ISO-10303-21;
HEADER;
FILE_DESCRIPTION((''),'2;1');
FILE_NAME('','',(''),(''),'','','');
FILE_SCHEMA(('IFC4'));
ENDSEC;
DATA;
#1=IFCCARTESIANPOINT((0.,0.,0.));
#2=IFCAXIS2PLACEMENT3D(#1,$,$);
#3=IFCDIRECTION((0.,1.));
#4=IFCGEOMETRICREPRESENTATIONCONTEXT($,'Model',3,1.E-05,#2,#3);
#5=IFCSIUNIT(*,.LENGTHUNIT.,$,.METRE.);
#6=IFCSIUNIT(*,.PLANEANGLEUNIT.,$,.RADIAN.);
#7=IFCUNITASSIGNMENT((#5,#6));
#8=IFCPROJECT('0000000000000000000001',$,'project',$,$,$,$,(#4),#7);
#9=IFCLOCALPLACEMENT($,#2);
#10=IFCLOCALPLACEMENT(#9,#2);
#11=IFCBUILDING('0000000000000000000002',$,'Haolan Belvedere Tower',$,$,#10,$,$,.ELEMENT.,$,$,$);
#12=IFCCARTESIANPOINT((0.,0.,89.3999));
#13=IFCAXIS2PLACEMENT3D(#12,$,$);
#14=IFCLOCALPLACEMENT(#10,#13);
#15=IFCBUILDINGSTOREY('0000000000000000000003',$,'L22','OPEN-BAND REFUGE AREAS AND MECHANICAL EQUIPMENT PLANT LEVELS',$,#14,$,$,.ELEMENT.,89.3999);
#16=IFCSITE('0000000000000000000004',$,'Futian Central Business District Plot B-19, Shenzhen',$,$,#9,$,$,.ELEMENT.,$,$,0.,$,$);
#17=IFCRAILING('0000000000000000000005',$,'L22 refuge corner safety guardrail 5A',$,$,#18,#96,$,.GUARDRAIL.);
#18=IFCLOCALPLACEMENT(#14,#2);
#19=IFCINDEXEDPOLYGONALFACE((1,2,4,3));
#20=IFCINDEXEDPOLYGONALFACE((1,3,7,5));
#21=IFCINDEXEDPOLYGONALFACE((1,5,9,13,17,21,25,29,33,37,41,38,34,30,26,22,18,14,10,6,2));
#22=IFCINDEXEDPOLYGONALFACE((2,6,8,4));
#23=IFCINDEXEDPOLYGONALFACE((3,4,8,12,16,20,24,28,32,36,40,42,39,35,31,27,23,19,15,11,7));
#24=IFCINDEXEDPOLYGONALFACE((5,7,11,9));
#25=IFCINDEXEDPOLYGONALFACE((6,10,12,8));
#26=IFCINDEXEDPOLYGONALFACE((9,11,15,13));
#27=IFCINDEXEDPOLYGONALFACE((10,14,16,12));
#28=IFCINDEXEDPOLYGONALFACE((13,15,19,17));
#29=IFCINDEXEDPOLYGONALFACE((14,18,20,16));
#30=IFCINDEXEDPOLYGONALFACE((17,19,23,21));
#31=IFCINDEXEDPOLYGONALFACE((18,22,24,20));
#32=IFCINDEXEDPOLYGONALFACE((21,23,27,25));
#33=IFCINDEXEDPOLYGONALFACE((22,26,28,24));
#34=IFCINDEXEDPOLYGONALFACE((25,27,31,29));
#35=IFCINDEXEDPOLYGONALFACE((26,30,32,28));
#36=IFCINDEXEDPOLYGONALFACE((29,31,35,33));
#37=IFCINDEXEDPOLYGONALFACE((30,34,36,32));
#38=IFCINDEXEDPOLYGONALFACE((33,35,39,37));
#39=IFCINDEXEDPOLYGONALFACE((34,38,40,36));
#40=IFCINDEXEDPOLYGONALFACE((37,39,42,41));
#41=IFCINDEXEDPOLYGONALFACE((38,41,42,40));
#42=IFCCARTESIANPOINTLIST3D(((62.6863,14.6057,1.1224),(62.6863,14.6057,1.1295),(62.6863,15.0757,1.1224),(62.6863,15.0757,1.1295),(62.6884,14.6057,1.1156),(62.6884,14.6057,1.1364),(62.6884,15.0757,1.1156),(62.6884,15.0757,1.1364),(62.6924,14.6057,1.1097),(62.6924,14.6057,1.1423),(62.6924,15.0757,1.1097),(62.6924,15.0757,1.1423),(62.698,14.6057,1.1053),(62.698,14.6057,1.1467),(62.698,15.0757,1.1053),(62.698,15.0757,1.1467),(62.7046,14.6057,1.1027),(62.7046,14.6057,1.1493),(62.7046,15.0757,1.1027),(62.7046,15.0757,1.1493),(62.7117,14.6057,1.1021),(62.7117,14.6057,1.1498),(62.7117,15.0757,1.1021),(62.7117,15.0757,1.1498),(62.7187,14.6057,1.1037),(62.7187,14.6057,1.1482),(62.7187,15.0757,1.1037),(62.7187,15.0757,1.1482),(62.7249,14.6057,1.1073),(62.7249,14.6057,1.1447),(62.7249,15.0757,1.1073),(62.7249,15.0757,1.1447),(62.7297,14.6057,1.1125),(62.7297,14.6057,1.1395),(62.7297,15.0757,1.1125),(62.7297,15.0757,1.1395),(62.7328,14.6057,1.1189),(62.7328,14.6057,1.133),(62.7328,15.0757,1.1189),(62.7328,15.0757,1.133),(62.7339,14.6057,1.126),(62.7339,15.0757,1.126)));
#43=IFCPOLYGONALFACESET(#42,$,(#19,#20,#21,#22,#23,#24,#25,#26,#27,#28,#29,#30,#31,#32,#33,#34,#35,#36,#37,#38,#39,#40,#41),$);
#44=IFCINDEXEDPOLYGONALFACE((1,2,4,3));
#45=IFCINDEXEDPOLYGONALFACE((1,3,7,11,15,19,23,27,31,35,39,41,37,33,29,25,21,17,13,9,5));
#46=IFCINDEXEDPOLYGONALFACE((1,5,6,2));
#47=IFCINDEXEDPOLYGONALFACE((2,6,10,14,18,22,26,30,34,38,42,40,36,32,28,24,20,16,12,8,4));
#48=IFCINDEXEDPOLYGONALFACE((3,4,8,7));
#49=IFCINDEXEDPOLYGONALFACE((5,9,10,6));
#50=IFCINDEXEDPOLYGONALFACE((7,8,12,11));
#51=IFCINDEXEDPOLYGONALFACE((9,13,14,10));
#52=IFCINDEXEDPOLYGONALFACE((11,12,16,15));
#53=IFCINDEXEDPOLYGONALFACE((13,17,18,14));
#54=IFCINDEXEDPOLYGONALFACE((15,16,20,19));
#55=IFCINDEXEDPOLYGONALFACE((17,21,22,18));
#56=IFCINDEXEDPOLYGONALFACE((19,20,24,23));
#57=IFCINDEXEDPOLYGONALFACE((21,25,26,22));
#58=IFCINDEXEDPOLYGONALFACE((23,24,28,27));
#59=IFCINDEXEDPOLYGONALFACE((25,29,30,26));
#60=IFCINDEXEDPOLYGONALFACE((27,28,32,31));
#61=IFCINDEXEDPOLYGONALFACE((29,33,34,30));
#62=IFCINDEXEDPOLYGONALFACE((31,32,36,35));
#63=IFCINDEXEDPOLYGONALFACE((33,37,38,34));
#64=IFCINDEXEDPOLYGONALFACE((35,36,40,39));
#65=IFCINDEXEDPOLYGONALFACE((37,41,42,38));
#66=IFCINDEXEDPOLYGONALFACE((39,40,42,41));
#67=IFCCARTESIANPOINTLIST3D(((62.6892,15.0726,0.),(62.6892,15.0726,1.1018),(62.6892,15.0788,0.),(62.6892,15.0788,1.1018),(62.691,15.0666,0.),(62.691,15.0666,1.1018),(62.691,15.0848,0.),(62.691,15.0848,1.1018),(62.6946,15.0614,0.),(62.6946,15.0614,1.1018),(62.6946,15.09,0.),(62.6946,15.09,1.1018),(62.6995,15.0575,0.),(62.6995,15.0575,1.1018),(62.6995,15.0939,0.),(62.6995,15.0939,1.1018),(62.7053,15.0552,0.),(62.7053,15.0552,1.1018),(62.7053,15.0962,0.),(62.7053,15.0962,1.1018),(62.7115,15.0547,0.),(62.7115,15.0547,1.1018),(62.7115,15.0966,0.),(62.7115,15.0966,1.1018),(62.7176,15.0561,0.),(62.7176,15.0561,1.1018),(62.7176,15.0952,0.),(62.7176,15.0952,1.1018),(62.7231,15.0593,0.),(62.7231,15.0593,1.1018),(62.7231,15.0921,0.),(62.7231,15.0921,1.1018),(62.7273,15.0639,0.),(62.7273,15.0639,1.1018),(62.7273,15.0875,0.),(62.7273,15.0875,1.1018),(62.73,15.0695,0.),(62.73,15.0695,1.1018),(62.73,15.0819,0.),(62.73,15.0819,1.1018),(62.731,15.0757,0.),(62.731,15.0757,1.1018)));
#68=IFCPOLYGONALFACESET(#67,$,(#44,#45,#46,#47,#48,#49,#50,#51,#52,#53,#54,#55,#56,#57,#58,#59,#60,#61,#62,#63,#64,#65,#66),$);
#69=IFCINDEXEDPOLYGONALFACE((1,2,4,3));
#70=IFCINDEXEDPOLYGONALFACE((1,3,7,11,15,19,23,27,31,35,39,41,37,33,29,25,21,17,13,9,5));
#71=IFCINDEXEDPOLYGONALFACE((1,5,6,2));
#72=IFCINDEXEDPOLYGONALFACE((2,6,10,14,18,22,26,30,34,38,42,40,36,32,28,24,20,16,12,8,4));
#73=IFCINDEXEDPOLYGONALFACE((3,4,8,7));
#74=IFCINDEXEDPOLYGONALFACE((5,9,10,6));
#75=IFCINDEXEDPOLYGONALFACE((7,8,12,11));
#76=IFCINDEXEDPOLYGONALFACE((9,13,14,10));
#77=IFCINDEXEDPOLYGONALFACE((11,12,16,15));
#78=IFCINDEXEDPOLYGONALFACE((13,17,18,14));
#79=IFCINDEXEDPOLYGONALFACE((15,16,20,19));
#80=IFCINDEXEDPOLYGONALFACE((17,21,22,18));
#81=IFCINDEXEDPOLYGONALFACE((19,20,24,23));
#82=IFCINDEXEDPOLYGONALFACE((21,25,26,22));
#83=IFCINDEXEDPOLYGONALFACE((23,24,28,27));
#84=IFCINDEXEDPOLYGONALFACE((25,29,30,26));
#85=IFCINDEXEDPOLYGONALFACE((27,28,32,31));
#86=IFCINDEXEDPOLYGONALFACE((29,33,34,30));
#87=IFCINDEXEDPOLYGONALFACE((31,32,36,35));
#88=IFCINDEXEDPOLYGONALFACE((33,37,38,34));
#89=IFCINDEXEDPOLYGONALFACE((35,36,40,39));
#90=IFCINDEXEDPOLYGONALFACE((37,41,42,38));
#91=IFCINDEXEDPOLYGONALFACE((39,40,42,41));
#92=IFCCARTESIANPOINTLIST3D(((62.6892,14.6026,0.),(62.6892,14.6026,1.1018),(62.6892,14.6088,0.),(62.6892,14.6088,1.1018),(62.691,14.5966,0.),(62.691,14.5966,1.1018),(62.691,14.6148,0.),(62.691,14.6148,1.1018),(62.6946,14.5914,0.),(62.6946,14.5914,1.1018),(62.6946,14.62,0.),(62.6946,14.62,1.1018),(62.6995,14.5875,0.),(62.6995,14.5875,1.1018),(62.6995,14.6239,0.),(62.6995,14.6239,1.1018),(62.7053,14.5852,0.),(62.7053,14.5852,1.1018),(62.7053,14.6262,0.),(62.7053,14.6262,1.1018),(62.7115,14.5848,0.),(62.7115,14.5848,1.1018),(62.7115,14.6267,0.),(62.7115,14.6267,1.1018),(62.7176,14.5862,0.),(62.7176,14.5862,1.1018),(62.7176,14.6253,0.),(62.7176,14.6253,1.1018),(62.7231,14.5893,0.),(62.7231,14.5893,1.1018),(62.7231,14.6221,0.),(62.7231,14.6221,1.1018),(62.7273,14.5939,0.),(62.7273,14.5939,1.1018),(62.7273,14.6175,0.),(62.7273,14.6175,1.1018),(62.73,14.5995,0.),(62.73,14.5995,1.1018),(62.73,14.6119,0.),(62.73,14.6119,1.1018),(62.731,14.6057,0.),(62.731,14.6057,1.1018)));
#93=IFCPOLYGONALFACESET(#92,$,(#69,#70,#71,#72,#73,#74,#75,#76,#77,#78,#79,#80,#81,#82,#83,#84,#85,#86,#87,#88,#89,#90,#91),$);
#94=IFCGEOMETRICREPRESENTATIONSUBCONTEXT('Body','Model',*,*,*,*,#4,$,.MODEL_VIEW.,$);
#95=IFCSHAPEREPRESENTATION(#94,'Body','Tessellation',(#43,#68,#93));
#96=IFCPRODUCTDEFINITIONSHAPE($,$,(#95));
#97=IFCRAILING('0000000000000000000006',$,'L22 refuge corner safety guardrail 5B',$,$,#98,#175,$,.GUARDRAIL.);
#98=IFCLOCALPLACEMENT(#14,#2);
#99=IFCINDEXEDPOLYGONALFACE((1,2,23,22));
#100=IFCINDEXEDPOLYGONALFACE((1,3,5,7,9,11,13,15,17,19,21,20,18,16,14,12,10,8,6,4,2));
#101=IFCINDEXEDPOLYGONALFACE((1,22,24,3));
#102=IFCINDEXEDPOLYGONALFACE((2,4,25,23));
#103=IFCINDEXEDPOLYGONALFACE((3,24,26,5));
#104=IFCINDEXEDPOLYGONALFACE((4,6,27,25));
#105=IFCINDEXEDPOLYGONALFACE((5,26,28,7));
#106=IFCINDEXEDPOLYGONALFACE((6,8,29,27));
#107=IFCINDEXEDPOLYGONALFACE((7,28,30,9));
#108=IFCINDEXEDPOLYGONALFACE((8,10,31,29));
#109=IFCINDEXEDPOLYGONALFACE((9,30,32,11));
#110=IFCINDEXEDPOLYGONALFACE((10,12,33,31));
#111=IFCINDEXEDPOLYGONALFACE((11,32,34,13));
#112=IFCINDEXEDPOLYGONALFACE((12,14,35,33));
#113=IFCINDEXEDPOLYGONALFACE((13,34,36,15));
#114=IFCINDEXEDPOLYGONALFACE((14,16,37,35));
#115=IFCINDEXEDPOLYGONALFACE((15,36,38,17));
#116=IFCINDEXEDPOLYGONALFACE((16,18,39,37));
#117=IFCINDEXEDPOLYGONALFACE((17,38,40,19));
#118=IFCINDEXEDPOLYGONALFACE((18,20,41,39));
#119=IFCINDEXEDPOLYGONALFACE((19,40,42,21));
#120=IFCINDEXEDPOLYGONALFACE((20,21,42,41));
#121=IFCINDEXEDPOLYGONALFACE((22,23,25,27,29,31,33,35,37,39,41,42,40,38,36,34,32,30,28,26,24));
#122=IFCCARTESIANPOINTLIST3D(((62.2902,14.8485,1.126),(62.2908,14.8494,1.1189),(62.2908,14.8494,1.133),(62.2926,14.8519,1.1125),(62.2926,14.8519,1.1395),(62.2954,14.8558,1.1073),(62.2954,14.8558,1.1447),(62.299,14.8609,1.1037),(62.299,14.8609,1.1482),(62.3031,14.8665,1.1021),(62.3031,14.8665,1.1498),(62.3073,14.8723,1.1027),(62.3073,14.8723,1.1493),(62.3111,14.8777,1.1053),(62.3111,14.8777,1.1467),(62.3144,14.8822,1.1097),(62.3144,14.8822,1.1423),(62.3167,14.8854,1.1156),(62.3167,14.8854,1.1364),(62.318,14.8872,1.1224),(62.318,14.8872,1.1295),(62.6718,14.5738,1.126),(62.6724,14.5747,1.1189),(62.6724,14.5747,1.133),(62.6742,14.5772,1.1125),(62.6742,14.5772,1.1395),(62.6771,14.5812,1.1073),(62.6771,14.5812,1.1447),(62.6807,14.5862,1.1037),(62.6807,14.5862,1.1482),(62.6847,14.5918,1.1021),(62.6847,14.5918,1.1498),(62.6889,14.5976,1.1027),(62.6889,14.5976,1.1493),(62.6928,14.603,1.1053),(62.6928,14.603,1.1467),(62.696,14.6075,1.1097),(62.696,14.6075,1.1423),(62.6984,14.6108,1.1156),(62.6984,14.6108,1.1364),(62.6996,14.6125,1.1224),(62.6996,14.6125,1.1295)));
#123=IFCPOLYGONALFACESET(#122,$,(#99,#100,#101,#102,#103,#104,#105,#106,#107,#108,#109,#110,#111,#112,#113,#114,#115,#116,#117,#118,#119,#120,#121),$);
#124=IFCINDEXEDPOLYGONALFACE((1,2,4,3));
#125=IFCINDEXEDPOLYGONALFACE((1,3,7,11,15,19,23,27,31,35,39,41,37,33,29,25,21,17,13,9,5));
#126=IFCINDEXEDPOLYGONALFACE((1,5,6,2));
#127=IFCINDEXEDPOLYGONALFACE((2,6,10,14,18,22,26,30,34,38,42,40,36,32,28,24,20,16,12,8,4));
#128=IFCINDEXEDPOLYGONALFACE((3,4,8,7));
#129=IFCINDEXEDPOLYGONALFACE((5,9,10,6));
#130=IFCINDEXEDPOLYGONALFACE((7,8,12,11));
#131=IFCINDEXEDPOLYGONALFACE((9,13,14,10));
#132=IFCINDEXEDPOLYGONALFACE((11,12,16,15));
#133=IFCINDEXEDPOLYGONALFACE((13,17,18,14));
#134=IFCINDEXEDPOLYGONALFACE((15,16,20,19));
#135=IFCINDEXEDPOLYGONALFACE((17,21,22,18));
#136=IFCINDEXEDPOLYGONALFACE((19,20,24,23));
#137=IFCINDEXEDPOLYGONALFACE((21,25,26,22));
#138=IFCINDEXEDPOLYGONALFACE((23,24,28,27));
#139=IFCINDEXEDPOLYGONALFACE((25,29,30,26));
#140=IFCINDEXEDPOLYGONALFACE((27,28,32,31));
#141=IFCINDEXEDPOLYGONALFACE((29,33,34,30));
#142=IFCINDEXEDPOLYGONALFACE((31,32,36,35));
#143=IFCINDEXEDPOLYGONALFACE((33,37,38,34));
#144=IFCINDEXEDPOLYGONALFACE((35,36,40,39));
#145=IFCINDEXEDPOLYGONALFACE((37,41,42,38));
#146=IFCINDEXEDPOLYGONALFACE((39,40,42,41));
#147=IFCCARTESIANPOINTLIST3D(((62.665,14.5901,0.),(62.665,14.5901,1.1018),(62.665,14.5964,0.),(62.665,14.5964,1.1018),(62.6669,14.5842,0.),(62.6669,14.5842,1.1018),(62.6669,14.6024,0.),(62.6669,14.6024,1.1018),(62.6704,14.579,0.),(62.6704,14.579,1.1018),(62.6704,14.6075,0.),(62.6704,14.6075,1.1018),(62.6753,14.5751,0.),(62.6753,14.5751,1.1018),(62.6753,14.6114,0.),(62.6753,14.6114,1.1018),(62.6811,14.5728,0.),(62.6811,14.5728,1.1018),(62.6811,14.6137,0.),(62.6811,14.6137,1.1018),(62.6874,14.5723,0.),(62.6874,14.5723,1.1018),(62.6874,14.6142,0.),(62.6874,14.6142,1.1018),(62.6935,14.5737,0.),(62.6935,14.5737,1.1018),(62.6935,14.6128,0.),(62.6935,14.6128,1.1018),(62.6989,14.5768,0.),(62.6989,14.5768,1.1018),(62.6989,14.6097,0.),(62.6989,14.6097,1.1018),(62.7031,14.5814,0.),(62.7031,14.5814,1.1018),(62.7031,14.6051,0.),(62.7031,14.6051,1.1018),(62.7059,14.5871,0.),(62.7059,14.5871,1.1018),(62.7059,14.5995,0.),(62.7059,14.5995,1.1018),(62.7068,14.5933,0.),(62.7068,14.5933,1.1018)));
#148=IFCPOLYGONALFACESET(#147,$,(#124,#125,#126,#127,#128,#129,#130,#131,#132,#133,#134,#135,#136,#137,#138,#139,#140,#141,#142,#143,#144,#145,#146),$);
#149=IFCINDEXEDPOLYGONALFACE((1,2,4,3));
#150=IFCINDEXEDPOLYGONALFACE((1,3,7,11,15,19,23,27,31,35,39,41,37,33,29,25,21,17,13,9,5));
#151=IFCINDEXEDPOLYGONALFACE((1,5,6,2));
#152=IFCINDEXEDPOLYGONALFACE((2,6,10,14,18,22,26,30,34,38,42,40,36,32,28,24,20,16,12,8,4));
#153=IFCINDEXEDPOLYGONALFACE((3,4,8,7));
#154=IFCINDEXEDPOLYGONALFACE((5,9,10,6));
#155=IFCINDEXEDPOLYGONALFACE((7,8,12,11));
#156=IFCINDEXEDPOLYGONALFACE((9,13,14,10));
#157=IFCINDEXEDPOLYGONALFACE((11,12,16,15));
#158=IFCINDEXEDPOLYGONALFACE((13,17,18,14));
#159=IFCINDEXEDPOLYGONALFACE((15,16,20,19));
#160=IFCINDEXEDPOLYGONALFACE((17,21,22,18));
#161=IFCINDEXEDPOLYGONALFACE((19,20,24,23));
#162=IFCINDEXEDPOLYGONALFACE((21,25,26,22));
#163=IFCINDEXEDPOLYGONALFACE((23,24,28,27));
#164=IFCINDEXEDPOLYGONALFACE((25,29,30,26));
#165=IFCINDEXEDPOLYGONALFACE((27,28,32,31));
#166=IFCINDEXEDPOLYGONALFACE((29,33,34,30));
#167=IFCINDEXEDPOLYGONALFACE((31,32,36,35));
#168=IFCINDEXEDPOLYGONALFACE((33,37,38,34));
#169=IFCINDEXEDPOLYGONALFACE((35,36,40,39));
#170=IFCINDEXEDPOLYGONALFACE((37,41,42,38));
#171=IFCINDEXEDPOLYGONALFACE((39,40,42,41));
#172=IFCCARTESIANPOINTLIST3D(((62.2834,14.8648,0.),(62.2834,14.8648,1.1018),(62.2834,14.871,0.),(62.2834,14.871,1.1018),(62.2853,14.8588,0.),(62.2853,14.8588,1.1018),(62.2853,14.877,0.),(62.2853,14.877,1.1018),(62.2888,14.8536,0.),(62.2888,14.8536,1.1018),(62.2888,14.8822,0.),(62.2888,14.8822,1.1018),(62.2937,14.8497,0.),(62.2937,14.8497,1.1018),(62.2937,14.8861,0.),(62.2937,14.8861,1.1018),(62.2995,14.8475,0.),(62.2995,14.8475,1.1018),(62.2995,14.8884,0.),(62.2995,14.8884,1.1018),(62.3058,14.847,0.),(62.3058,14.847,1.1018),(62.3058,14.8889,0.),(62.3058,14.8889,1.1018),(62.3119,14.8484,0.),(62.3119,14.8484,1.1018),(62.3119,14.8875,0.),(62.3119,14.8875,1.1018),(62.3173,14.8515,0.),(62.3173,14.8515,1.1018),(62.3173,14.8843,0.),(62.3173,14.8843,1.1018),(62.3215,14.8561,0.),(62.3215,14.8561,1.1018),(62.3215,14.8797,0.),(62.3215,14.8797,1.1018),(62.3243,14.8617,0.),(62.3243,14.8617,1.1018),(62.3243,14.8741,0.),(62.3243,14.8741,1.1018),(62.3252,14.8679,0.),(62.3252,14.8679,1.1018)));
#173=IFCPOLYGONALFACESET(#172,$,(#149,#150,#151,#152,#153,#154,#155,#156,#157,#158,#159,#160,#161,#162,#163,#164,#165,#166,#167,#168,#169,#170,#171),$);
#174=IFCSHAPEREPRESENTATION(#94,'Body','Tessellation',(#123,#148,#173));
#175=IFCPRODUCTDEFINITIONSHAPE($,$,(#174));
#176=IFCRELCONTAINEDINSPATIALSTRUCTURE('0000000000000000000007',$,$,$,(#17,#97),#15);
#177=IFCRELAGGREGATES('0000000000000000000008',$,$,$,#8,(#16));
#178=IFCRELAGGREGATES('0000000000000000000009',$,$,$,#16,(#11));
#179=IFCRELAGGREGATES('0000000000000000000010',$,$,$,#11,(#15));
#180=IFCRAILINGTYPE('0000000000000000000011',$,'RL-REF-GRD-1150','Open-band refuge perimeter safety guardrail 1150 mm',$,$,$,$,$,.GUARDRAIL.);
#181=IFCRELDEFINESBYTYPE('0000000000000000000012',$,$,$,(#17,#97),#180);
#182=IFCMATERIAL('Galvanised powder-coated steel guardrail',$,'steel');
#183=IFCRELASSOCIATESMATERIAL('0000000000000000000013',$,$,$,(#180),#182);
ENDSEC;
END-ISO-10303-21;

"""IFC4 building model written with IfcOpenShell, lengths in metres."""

from ifc_helpers import new_model, si_unit, direction, frame, origin, origin_2d, place, context, subcontext, project, spatial, circle, extrude, material, type_object, element, save


model = new_model("IFC4")

# Units and contexts
model_context = context("Model", 3, precision=1e-05, world=origin(), true_north=direction((0.0, 1.0)))
body_context = subcontext(model_context, "Body", "Model", "MODEL_VIEW")
ifc_project = project(units=[si_unit("LENGTHUNIT", "METRE"), si_unit("PLANEANGLEUNIT", "RADIAN")], contexts=[model_context])

# Site, building, storey
site_placement = place(None, origin())
site = spatial("IfcSite", under=ifc_project, at=site_placement, Name="Futian Central Business District Plot B-19, Shenzhen", CompositionType="ELEMENT", RefElevation=0.0)
building_placement = place(site_placement, origin())
building = spatial("IfcBuilding", under=site, at=building_placement, Name="Haolan Belvedere Tower", CompositionType="ELEMENT")
storey_placement = place(building_placement, frame((0.0, 0.0, 89.3999)))
storey = spatial("IfcBuildingStorey", under=building, at=storey_placement, Name="L22", Description="OPEN-BAND REFUGE AREAS AND MECHANICAL EQUIPMENT PLANT LEVELS", CompositionType="ELEMENT", Elevation=89.3999)

# Railings
ifc_material_1 = material(Name="Galvanised powder-coated steel guardrail", Category="steel")
railing_type = type_object("IfcRailingType", Name="RL-REF-GRD-1150", Description="Open-band refuge perimeter safety guardrail 1150 mm", PredefinedType="GUARDRAIL", material=ifc_material_1)
railing_1_placement = place(storey_placement, frame((62.71, 15.0757, 0.0)))
element("IfcRailing", 1, at=railing_1_placement, inside=storey, type_object=railing_type, Name="L22 refuge corner safety guardrail 5A", PredefinedType="GUARDRAIL", context=body_context, shape_type="SweptSolid", body=[
    extrude(circle(Radius=0.0239, at=origin_2d()), frame((0.0, 0.0, 1.126), z_axis=(0.0, -1.0, 0.0), x_axis=(1.0, 0.0, 0.0)), (0.0, 0.0, 1.0), 0.47),
    extrude(circle(Radius=0.021, at=origin_2d()), origin(), (0.0, 0.0, 1.0), 1.1018),
    extrude(circle(Radius=0.021, at=origin_2d()), frame((0.0, -0.47, 0.0)), (0.0, 0.0, 1.0), 1.1018),
])
railing_2_placement = place(storey_placement, frame((62.6858, 14.5933, 0.0)))
element("IfcRailing", 2, at=railing_2_placement, inside=storey, type_object=railing_type, Name="L22 refuge corner safety guardrail 5B", PredefinedType="GUARDRAIL", context=body_context, shape_type="SweptSolid", body=[
    extrude(circle(Radius=0.0239, at=origin_2d()), frame((0.0, 0.0, 1.126), z_axis=(-0.811623, 0.584182, 0.0), x_axis=(-0.584182, -0.811623, 0.0)), (0.0, 0.0, 1.0), 0.4702),
    extrude(circle(Radius=0.021, at=origin_2d()), origin(), (0.0, 0.0, 1.0), 1.1018),
    extrude(circle(Radius=0.021, at=origin_2d()), frame((-0.3816, 0.2747, 0.0)), (0.0, 0.0, 1.0), 1.1018),
])

save(model, "model.ifc")
